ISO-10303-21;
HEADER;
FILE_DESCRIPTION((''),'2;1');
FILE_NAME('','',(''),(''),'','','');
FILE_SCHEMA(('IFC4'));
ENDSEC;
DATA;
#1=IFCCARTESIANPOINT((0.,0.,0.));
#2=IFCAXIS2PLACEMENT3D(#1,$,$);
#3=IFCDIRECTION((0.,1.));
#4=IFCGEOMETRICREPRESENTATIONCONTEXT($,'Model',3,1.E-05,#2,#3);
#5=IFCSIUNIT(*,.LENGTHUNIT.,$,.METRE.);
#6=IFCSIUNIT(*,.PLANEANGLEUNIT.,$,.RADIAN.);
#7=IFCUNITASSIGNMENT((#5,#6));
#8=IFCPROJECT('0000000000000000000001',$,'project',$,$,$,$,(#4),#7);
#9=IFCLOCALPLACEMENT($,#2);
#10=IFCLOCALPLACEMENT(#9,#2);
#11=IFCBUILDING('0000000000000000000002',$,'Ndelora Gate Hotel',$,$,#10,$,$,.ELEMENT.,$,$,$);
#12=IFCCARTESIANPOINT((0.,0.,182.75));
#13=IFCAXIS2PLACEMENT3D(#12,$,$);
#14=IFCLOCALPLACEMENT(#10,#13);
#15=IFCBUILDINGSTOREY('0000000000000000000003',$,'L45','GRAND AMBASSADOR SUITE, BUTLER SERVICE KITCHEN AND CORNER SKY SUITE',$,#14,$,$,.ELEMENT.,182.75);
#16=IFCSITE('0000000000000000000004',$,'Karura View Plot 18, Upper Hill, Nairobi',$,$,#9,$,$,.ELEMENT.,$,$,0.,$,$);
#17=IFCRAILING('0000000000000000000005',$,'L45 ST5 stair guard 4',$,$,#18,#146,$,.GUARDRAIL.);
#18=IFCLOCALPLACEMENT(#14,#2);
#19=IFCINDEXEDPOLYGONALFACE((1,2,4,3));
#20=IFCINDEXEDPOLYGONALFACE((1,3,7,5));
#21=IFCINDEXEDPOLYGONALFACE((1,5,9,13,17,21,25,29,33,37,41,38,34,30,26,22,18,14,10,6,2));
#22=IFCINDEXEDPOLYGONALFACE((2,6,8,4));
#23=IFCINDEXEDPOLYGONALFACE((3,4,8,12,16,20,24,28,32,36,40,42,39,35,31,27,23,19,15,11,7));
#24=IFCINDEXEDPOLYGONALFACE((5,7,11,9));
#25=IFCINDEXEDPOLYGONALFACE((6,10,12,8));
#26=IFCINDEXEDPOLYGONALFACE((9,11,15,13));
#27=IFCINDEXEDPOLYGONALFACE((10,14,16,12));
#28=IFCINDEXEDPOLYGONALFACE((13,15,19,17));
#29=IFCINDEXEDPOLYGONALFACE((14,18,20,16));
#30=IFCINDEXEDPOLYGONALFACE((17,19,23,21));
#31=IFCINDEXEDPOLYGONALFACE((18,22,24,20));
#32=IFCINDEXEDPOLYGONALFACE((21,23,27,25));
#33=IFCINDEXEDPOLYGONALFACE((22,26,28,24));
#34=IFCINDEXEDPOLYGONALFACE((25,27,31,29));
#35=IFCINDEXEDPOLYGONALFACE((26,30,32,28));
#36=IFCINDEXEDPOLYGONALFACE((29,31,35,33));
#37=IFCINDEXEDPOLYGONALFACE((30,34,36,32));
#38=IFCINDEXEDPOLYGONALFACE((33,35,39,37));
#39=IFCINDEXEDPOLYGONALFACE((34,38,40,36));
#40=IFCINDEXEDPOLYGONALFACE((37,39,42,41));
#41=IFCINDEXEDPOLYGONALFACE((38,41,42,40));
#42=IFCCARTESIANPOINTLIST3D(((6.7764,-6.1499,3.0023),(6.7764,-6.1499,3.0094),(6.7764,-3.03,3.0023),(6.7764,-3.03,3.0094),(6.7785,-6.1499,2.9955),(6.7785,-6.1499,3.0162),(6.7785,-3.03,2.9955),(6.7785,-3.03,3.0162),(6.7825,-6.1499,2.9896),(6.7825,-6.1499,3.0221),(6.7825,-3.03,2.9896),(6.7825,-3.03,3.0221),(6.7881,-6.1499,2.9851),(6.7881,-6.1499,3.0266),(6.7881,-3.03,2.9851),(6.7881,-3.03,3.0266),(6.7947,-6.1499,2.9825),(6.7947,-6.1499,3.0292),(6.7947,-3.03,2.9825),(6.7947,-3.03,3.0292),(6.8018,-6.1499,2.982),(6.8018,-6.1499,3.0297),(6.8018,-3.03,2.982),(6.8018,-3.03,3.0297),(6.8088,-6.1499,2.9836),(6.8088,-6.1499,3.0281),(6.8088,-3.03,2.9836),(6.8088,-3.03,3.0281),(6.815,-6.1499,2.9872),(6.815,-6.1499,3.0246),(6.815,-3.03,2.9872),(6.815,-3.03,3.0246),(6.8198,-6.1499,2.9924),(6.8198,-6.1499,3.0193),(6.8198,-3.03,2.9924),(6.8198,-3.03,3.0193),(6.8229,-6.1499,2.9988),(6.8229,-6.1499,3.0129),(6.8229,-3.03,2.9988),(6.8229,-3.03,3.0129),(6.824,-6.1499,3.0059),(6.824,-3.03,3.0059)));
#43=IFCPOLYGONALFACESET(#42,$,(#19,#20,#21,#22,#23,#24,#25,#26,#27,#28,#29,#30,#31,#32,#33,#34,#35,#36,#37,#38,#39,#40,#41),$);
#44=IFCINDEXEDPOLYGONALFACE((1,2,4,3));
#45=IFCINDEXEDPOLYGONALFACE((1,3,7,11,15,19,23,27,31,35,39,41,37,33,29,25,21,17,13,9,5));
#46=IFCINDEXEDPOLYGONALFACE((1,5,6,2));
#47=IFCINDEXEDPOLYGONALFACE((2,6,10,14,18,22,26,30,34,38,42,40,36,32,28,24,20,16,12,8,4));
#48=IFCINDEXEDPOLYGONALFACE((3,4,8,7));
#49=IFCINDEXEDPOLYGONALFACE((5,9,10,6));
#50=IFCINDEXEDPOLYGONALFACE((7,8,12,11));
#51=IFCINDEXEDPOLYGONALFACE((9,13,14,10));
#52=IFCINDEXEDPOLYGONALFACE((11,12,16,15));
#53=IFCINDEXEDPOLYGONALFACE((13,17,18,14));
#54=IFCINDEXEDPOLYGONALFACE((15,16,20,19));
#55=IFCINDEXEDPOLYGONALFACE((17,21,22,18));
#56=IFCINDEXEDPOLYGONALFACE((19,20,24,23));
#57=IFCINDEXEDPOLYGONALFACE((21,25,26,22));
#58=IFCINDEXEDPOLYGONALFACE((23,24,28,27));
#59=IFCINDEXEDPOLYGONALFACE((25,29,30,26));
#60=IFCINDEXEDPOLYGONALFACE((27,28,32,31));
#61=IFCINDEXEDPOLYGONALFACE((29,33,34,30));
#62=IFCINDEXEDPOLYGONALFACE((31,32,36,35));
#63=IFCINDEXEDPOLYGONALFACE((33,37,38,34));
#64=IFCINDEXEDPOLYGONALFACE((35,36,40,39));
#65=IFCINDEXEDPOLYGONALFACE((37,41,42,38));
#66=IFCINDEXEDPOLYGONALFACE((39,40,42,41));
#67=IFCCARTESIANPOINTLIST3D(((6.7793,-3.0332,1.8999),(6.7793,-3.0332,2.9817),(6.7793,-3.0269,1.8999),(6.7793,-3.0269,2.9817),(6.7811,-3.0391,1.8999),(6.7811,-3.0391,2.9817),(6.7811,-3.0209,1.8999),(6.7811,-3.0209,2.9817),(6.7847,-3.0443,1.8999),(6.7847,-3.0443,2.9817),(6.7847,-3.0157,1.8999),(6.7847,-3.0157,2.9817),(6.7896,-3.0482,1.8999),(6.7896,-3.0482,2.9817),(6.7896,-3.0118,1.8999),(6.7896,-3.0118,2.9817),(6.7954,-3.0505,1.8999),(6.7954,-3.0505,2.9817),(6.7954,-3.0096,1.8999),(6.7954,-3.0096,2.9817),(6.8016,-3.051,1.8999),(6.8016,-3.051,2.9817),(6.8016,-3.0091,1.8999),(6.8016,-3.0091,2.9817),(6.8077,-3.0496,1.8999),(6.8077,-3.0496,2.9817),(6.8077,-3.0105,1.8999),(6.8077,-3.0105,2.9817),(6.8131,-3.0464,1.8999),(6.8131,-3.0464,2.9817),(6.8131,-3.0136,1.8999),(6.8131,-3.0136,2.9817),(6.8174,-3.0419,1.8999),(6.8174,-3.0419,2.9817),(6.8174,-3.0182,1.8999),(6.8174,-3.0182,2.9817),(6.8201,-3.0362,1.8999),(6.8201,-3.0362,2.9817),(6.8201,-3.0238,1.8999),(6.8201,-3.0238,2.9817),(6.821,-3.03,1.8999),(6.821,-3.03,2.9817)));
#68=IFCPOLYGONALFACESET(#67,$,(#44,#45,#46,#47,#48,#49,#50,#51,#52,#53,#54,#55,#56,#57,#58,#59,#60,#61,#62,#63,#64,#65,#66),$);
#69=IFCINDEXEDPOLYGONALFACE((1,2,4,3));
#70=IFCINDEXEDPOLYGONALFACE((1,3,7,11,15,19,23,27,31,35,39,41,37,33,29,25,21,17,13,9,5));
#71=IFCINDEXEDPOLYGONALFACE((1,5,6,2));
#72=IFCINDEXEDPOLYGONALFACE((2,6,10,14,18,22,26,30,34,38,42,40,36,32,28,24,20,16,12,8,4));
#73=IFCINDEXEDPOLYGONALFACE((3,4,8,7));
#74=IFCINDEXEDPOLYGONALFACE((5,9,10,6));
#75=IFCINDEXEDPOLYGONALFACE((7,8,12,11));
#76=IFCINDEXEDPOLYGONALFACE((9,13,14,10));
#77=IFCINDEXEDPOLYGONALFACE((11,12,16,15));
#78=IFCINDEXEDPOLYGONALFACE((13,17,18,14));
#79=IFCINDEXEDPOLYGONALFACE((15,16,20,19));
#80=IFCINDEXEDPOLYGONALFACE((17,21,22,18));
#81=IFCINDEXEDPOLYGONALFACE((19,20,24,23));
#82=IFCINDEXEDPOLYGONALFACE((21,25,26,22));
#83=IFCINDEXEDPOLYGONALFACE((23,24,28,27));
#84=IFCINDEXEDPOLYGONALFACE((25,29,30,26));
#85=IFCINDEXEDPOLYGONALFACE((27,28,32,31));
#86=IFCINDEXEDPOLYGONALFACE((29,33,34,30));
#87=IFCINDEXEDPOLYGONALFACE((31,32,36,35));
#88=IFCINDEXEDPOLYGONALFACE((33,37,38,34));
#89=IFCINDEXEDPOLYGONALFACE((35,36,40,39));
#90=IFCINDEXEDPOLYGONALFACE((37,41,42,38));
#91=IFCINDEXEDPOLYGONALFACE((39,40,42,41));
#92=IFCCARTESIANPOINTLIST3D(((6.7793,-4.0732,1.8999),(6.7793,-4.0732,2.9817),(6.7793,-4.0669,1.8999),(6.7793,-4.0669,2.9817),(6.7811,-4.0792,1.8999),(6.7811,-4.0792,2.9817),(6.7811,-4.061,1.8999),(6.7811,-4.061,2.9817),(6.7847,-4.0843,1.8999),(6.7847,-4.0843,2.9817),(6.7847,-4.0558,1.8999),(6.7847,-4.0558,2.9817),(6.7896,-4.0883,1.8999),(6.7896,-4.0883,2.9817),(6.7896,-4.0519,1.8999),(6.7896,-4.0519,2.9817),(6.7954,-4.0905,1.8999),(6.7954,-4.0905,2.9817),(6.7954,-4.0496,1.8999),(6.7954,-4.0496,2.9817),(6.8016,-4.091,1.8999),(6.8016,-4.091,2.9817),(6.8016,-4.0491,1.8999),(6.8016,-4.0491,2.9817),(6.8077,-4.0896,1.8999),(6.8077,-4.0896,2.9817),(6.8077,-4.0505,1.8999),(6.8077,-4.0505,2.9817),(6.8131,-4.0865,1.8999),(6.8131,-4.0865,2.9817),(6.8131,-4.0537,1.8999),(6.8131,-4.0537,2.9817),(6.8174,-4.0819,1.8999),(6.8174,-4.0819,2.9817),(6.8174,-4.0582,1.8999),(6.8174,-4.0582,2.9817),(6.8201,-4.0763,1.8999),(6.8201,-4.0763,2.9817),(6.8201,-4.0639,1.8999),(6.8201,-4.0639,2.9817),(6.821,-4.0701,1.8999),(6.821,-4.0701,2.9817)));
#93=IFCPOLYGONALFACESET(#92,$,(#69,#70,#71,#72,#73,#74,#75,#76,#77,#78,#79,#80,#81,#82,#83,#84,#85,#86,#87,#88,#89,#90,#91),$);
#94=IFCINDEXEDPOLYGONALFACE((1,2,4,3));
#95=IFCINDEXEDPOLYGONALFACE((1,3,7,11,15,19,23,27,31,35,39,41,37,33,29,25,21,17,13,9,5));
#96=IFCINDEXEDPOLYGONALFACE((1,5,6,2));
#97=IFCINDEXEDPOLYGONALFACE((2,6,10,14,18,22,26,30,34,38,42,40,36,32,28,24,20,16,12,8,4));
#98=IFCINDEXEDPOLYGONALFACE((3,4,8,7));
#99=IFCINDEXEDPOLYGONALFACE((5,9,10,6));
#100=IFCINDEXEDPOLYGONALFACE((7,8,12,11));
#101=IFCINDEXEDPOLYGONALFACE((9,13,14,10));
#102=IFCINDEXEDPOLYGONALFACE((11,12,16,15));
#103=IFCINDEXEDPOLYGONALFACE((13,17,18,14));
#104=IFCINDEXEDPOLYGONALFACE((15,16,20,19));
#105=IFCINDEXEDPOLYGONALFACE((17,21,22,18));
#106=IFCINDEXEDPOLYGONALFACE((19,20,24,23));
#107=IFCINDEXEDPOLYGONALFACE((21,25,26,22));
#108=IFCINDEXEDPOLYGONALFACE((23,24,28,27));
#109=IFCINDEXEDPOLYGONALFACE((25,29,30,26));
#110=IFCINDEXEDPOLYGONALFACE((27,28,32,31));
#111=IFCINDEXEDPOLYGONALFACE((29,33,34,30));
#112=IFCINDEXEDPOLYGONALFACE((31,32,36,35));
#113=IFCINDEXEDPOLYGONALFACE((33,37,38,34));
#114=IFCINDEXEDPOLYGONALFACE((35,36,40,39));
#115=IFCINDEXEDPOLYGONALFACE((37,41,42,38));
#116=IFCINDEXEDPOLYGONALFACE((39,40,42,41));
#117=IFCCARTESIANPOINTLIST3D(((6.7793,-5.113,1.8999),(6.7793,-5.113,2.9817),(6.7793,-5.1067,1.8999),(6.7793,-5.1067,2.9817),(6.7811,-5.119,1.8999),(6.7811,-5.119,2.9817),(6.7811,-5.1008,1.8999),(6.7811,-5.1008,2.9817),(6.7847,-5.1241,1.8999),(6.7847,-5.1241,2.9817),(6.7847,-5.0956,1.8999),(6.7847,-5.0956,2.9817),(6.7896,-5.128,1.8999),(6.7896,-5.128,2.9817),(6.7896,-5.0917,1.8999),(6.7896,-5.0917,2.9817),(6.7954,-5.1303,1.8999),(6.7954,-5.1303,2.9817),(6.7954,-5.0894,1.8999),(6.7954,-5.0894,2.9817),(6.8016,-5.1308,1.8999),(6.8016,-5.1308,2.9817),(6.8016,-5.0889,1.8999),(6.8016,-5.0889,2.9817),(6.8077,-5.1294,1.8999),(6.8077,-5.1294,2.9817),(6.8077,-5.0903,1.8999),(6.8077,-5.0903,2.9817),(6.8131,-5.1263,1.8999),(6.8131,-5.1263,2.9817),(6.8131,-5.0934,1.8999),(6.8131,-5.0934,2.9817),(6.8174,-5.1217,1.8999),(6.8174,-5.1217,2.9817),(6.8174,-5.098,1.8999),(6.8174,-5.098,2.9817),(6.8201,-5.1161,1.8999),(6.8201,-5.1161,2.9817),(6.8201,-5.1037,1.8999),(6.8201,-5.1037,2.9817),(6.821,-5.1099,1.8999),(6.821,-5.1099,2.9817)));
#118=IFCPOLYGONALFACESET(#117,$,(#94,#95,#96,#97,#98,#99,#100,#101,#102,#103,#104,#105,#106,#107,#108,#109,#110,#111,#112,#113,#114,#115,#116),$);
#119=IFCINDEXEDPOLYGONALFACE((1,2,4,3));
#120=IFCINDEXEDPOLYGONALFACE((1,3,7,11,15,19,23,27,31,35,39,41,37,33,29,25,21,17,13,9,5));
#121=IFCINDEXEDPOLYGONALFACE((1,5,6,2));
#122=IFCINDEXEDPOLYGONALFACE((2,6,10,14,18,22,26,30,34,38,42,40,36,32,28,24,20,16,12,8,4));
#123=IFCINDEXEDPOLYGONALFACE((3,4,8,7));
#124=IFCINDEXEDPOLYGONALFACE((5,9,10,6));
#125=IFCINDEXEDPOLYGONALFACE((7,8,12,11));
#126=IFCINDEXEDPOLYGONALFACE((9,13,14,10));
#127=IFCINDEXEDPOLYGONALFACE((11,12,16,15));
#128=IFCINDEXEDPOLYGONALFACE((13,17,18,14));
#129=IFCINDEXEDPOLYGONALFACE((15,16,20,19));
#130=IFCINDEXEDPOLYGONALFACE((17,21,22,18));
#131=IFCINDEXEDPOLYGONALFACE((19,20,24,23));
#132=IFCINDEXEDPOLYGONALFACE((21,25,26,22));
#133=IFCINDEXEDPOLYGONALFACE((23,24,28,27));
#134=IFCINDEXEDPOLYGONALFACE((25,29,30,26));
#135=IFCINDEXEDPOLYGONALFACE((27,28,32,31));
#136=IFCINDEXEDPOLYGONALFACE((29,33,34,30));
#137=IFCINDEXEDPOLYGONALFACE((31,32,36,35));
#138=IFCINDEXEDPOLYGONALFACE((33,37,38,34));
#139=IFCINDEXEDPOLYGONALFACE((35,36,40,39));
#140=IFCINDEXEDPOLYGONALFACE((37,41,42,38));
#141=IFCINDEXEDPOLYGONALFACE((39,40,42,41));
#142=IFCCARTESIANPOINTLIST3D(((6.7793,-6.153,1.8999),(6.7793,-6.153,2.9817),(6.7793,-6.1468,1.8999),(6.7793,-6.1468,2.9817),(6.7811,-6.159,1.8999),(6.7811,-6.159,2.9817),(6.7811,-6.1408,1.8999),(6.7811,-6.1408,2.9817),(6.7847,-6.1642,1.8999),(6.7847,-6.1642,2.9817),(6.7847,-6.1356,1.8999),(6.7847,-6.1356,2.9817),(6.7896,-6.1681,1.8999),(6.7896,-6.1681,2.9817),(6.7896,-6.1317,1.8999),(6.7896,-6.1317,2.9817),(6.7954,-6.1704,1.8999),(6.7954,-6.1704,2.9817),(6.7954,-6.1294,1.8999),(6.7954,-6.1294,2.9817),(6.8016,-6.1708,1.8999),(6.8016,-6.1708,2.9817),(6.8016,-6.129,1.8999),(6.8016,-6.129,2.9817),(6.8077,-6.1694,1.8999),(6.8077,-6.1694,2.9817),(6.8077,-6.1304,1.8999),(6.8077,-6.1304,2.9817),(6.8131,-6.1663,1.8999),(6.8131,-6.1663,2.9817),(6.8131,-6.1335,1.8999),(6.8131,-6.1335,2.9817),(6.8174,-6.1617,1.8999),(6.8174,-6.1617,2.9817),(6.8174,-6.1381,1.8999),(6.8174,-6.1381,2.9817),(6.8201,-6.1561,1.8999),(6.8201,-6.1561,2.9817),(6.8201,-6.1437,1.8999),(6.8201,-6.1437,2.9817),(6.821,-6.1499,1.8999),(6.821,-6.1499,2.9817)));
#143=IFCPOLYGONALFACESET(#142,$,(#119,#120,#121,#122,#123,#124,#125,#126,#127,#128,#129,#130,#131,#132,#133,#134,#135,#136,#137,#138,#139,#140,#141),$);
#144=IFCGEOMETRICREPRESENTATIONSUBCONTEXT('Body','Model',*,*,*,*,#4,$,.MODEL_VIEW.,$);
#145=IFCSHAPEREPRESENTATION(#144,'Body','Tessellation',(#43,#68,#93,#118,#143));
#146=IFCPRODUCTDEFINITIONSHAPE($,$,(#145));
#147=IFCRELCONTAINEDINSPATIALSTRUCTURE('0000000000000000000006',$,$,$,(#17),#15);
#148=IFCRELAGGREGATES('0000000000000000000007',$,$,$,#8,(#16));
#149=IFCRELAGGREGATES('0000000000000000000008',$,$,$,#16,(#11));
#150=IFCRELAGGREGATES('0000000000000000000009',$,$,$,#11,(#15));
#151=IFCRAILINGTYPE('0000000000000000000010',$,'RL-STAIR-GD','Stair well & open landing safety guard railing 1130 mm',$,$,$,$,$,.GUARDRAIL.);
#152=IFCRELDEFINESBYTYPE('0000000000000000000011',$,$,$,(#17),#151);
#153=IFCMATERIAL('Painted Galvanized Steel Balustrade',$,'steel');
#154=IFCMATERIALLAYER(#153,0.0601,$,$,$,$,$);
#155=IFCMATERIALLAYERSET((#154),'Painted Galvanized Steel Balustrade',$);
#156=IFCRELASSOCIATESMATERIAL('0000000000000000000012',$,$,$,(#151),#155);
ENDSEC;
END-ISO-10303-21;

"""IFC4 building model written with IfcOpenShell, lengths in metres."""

from ifc_helpers import new_model, si_unit, direction, frame, origin, origin_2d, place, context, subcontext, project, spatial, circle, extrude, material, layer, layer_set, type_object, element, save


model = new_model("IFC4")

# Units and contexts
model_context = context("Model", 3, precision=1e-05, world=origin(), true_north=direction((0.0, 1.0)))
body_context = subcontext(model_context, "Body", "Model", "MODEL_VIEW")
ifc_project = project(units=[si_unit("LENGTHUNIT", "METRE"), si_unit("PLANEANGLEUNIT", "RADIAN")], contexts=[model_context])

# Site, building, storey
site_placement = place(None, origin())
site = spatial("IfcSite", under=ifc_project, at=site_placement, Name="Karura View Plot 18, Upper Hill, Nairobi", CompositionType="ELEMENT", RefElevation=0.0)
building_placement = place(site_placement, origin())
building = spatial("IfcBuilding", under=site, at=building_placement, Name="Ndelora Gate Hotel", CompositionType="ELEMENT")
storey_placement = place(building_placement, frame((0.0, 0.0, 182.75)))
storey = spatial("IfcBuildingStorey", under=building, at=storey_placement, Name="L45", Description="GRAND AMBASSADOR SUITE, BUTLER SERVICE KITCHEN AND CORNER SKY SUITE", CompositionType="ELEMENT", Elevation=182.75)

# Railing
ifc_material_1 = material(Name="Painted Galvanized Steel Balustrade", Category="steel")
ifc_layer_1 = layer(ifc_material_1, 0.0601)
ifc_layer_set_1 = layer_set([ifc_layer_1], Name="Painted Galvanized Steel Balustrade")
railing_type_1 = type_object("IfcRailingType", Name="RL-STAIR-GD", Description="Stair well & open landing safety guard railing 1130 mm", PredefinedType="GUARDRAIL", material=ifc_layer_set_1)
railing_1_placement = place(storey_placement, frame((6.8, -3.03, 1.8999)))
element("IfcRailing", 1, at=railing_1_placement, inside=storey, type_object=railing_type_1, Name="L45 ST5 stair guard 4", PredefinedType="GUARDRAIL", context=body_context, shape_type="SweptSolid", body=[
    extrude(circle(Radius=0.0239, at=origin_2d()), frame((0.0, 0.0, 1.106), z_axis=(0.0, -1.0, 0.0), x_axis=(1.0, 0.0, 0.0)), (0.0, 0.0, 1.0), 3.1199),
    extrude(circle(Radius=0.021, at=origin_2d()), origin(), (0.0, 0.0, 1.0), 1.0818),
    extrude(circle(Radius=0.021, at=origin_2d()), frame((0.0, -1.04, 0.0)), (0.0, 0.0, 1.0), 1.0818),
    extrude(circle(Radius=0.021, at=origin_2d()), frame((0.0, -2.0798, 0.0)), (0.0, 0.0, 1.0), 1.0818),
    extrude(circle(Radius=0.021, at=origin_2d()), frame((0.0, -3.1199, 0.0)), (0.0, 0.0, 1.0), 1.0818),
])

save(model, "model.ifc")
